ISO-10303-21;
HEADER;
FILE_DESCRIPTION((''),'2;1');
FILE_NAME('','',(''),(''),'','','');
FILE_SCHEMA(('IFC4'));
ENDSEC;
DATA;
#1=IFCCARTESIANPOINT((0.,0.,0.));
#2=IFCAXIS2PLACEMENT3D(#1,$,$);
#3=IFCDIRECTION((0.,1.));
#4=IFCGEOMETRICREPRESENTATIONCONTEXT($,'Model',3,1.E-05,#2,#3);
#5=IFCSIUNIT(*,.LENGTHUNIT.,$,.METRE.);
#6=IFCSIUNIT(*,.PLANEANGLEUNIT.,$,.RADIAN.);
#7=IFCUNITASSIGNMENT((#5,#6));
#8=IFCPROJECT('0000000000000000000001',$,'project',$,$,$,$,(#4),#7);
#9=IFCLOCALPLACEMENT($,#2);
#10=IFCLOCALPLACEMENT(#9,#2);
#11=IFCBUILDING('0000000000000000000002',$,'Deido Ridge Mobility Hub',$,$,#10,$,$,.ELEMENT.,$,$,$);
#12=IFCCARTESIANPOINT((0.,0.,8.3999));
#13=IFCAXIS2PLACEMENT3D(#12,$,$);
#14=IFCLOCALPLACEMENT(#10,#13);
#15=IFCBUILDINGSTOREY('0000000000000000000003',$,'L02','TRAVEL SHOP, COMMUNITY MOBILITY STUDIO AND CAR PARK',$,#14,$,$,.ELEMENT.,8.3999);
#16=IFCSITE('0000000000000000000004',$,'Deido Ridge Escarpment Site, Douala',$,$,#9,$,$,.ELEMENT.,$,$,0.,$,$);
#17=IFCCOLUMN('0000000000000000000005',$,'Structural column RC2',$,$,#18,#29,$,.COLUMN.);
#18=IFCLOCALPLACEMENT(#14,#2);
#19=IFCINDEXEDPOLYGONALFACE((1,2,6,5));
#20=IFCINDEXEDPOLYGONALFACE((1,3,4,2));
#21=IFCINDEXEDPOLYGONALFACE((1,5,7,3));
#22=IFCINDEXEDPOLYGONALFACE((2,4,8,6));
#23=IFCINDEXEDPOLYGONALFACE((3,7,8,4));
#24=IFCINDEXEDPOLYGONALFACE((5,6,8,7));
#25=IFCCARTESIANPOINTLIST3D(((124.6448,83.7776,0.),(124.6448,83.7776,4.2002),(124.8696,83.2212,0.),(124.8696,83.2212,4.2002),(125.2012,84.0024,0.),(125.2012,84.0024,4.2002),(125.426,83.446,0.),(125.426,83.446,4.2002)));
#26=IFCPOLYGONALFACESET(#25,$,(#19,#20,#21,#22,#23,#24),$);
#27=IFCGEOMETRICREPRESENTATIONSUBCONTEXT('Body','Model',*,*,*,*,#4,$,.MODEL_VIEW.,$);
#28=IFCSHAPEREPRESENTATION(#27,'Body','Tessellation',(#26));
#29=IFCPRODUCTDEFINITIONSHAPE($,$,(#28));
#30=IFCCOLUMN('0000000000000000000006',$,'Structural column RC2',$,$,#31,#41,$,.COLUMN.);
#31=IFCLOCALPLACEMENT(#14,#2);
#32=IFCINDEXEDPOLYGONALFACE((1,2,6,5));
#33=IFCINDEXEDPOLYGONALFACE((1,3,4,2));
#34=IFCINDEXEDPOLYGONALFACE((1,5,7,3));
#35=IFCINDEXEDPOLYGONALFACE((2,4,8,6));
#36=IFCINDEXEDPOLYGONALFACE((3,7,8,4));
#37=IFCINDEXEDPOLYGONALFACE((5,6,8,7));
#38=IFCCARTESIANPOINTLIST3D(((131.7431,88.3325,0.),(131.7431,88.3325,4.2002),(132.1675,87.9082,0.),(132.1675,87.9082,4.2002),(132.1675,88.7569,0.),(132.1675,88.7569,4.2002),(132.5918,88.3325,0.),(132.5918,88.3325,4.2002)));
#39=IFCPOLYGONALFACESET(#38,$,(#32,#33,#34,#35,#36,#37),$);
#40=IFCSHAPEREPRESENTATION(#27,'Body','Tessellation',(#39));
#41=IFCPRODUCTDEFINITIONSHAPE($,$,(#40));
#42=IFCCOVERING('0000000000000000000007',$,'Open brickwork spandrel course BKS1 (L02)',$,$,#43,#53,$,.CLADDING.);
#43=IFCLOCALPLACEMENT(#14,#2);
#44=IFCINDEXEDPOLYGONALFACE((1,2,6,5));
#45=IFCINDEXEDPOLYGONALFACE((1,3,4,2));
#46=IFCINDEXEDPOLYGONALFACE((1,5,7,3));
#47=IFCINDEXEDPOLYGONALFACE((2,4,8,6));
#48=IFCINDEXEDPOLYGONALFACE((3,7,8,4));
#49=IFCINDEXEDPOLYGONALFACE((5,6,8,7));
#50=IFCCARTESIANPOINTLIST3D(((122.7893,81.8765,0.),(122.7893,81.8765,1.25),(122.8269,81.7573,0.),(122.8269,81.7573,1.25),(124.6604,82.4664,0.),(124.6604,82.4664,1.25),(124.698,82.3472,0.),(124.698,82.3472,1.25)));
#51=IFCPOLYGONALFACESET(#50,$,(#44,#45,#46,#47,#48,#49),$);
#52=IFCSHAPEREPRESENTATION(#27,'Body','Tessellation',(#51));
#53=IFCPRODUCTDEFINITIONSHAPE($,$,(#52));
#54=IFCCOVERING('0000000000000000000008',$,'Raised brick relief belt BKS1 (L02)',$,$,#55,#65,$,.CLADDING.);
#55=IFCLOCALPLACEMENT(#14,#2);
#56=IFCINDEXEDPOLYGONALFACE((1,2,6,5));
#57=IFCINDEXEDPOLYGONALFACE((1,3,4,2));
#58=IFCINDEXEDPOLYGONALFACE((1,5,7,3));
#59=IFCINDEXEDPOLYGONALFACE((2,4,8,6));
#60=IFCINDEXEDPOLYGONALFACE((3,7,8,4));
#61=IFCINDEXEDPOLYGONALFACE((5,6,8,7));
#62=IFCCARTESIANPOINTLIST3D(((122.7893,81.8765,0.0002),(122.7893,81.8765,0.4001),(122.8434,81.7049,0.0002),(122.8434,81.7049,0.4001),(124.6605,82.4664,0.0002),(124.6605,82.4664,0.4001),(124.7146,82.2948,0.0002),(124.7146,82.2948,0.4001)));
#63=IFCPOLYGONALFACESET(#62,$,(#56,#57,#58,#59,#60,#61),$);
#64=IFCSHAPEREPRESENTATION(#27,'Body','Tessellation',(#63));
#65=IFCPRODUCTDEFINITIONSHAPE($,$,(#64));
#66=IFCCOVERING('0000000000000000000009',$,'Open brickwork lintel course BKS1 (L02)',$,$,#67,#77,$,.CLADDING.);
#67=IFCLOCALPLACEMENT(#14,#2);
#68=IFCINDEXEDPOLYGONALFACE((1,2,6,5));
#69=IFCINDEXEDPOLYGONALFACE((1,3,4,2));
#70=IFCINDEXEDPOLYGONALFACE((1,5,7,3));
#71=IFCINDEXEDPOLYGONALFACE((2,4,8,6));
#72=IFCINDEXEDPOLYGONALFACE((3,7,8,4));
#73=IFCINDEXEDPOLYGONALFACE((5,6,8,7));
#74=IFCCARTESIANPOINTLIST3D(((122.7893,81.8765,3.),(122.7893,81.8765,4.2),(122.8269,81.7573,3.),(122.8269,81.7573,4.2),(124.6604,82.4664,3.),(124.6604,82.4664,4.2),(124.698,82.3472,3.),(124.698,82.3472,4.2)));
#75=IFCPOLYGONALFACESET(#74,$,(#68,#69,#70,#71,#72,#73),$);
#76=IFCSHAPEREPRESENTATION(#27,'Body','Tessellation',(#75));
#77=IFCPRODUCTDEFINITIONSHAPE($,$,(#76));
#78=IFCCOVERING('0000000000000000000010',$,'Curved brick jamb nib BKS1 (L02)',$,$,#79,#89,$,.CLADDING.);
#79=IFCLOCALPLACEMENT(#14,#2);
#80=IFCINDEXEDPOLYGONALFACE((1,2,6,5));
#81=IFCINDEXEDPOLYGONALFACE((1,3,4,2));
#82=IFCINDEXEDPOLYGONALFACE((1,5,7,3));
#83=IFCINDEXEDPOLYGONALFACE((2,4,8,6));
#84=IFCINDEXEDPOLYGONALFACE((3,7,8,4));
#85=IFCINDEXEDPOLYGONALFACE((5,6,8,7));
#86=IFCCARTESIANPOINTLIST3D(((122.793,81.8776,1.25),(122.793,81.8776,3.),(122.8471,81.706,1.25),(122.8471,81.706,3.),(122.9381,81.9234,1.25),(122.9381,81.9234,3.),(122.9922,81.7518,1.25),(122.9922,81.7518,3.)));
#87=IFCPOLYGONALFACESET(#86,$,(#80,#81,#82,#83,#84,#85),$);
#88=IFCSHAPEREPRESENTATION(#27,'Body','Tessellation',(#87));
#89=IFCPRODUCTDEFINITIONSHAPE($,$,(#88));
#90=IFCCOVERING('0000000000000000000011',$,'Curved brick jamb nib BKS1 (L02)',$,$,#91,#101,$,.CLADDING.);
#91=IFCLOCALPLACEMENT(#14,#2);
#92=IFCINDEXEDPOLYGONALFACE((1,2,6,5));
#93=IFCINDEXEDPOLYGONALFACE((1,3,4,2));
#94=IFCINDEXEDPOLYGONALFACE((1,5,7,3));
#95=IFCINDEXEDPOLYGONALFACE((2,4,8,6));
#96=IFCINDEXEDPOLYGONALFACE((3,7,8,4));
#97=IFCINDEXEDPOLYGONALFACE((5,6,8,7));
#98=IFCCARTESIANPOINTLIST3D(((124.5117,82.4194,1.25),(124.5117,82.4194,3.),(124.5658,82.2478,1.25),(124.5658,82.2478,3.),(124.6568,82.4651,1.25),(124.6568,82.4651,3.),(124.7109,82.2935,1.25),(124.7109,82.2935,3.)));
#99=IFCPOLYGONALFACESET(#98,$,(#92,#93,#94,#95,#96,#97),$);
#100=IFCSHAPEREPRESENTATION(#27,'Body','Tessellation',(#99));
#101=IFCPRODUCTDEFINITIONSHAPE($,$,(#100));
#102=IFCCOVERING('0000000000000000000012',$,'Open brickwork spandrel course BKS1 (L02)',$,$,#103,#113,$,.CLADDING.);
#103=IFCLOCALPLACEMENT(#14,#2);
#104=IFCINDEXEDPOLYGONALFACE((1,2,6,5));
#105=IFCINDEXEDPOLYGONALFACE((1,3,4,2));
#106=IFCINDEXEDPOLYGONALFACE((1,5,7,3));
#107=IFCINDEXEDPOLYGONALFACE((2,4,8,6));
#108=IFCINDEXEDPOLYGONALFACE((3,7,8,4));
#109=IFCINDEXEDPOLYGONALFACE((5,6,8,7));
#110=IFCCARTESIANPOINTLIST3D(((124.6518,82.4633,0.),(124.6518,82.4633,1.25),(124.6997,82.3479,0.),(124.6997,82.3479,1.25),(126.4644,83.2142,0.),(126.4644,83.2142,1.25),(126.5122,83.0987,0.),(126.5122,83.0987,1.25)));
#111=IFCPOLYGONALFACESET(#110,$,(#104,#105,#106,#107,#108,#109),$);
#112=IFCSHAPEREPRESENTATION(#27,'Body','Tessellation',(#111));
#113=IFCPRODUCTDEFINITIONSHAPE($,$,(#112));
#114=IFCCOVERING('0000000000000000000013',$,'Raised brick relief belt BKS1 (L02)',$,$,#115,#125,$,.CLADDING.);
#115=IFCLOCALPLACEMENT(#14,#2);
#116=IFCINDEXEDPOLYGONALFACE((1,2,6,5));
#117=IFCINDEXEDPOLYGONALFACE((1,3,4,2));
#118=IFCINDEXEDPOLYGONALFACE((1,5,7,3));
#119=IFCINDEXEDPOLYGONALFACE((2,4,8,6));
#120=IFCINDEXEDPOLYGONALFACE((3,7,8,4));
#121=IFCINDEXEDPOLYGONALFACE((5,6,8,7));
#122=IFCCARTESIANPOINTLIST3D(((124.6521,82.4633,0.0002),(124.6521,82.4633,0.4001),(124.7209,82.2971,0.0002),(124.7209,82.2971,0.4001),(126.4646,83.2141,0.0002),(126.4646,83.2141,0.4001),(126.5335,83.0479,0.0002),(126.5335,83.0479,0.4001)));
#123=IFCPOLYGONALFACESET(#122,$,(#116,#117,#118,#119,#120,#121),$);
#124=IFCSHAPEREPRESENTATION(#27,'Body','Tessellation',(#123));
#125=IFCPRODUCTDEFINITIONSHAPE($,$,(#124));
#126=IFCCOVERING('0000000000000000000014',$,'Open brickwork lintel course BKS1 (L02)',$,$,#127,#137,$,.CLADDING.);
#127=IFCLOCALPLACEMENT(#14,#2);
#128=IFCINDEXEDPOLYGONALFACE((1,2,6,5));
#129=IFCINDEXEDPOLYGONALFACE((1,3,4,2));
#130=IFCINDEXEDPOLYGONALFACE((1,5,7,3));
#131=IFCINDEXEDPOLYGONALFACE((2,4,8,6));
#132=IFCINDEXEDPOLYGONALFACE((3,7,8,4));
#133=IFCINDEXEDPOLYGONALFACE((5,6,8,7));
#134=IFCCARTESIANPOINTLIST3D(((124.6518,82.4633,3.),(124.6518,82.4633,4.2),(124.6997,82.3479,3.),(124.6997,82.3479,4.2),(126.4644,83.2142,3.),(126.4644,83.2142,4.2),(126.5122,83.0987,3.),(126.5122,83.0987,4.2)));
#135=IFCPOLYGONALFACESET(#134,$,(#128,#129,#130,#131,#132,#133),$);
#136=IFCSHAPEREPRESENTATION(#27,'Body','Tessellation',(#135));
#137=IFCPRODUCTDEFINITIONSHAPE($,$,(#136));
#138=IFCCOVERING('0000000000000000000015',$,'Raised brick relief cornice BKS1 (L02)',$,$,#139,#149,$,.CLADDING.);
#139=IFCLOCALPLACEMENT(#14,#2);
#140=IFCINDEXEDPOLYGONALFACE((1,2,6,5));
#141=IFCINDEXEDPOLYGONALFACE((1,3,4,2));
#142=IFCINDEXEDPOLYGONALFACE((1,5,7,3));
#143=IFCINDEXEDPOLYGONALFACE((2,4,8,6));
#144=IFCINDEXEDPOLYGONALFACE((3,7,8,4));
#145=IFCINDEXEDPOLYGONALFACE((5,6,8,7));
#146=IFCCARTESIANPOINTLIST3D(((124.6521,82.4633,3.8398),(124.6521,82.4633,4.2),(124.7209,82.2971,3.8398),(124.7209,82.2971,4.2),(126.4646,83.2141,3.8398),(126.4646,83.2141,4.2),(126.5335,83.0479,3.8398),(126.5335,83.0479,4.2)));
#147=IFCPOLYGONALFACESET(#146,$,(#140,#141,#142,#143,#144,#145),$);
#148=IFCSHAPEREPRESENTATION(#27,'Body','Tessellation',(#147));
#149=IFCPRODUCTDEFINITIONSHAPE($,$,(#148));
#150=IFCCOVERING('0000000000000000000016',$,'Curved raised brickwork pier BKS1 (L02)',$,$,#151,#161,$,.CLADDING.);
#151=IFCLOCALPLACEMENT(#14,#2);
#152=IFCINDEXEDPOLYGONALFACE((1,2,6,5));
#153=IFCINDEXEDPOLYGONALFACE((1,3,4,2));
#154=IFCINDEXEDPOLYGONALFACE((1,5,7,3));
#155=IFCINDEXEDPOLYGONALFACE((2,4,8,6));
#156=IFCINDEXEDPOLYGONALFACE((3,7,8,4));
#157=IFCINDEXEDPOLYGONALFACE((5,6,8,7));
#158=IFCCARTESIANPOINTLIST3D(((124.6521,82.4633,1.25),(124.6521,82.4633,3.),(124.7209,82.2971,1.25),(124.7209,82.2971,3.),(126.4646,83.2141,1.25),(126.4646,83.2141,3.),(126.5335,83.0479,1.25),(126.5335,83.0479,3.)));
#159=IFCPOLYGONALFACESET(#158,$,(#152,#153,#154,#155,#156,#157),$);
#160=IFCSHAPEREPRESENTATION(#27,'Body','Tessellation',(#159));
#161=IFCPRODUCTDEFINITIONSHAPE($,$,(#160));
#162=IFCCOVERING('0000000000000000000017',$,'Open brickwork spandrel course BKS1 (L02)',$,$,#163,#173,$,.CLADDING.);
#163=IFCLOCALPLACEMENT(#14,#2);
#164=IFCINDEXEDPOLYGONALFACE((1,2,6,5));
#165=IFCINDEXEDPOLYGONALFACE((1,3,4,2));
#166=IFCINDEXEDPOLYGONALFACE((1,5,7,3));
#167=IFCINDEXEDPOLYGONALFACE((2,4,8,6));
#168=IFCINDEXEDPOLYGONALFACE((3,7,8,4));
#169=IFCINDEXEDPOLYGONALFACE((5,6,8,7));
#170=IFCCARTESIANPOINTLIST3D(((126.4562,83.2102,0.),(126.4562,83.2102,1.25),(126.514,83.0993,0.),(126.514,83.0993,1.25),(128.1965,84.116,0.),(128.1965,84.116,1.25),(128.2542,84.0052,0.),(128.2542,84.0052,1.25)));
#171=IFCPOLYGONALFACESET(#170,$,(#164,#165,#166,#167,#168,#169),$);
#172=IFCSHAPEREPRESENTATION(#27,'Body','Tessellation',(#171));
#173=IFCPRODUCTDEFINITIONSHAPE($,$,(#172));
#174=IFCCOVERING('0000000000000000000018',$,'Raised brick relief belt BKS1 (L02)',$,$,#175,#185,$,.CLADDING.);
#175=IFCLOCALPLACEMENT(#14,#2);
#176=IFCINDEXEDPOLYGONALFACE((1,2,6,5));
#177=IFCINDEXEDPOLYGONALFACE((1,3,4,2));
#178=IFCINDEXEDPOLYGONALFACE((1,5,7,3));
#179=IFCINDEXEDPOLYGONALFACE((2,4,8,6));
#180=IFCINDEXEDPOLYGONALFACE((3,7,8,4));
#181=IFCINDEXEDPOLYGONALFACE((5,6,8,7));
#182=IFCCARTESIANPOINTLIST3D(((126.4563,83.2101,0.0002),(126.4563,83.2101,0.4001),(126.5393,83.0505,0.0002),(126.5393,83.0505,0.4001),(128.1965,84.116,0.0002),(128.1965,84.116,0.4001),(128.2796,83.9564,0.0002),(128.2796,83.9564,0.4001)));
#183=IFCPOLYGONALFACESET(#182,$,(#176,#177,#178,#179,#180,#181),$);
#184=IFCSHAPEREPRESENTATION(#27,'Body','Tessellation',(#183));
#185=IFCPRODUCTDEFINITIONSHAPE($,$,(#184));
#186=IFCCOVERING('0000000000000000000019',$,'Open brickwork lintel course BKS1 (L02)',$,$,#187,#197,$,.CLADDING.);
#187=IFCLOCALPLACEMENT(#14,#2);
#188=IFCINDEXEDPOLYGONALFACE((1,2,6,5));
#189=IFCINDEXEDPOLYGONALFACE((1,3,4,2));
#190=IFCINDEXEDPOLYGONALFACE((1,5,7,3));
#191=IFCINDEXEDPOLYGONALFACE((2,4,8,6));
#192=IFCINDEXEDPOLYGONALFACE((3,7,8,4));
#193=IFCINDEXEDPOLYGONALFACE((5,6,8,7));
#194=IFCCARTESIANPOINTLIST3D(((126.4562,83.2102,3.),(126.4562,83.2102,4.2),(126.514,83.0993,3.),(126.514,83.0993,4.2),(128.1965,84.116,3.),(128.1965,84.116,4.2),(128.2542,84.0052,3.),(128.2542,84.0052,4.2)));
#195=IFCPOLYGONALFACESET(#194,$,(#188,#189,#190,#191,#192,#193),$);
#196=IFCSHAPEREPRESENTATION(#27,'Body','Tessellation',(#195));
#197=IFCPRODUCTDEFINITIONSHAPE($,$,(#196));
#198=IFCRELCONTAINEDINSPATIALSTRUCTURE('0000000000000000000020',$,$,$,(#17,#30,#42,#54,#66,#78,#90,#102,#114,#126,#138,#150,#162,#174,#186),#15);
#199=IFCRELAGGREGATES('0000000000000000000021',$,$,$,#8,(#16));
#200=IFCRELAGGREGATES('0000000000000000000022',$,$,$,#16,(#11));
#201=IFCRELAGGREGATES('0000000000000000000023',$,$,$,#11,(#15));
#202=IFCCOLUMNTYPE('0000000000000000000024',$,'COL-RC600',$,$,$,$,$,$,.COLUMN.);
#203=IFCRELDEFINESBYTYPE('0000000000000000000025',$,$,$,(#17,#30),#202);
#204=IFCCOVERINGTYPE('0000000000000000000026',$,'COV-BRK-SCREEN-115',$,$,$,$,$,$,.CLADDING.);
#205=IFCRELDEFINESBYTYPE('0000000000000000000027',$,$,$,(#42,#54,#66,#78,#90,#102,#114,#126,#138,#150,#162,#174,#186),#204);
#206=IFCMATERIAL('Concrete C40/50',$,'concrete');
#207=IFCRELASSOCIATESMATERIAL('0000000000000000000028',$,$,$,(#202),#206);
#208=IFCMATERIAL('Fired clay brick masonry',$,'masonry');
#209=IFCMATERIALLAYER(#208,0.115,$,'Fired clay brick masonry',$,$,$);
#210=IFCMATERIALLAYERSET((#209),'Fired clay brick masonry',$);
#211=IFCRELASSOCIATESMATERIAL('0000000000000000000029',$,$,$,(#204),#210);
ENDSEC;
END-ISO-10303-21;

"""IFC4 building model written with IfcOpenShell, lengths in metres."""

from ifc_helpers import new_model, si_unit, direction, frame, origin, origin_2d, place, context, subcontext, project, spatial, rectangle, extrude, material, layer, layer_set, material_profile, profile_set, type_object, element, save


model = new_model("IFC4")

# Units and contexts
model_context = context("Model", 3, precision=1e-05, world=origin(), true_north=direction((0.0, 1.0)))
body_context = subcontext(model_context, "Body", "Model", "MODEL_VIEW")
ifc_project = project(units=[si_unit("LENGTHUNIT", "METRE"), si_unit("PLANEANGLEUNIT", "RADIAN")], contexts=[model_context])

# Site, building, storey
site_placement = place(None, origin())
site = spatial("IfcSite", under=ifc_project, at=site_placement, Name="Deido Ridge Escarpment Site, Douala", CompositionType="ELEMENT", RefElevation=0.0)
building_placement = place(site_placement, origin())
building = spatial("IfcBuilding", under=site, at=building_placement, Name="Deido Ridge Mobility Hub", CompositionType="ELEMENT")
storey_placement = place(building_placement, frame((0.0, 0.0, 8.3999)))
storey = spatial("IfcBuildingStorey", under=building, at=storey_placement, Name="L02", Description="TRAVEL SHOP, COMMUNITY MOBILITY STUDIO AND CAR PARK", CompositionType="ELEMENT", Elevation=8.3999)

# Columns
ifc_material_1 = material(Name="Concrete C40/50", Category="concrete")
ifc_material_profile = material_profile(ifc_material_1, rectangle(XDim=0.6001, YDim=0.6001, at=origin_2d()), Name="RC COL 600x600")
ifc_profile_set = profile_set([ifc_material_profile], Name="Concrete C40/50")
column_type = type_object("IfcColumnType", Name="COL-RC600", PredefinedType="COLUMN", material=ifc_profile_set)
for number, where, z_axis, x_axis, name in (
    (1, (125.0354, 83.6118, 0.0), (0.0, 0.0, 1.0), (0.374607, -0.927184, 0.0), "Structural column RC2"),
    (2, (132.1675, 88.3325, 0.0), (0.0, 0.0, 1.0), (0.707107, -0.707107, 0.0), "Structural column RC2"),
):
    element("IfcColumn", number, at=place(storey_placement, frame(where, z_axis=z_axis, x_axis=x_axis)), inside=storey, type_object=column_type, Name=name, PredefinedType="COLUMN", context=body_context, shape_type="SweptSolid", body=[
        extrude(rectangle(XDim=0.6001, YDim=0.6001, at=origin_2d()), origin(), (0.0, 0.0, 1.0), 4.2002),
    ])

# Coverings
ifc_material_2 = material(Name="Fired clay brick masonry", Category="masonry")
ifc_layer = layer(ifc_material_2, 0.115, Name="Fired clay brick masonry")
ifc_layer_set = layer_set([ifc_layer], Name="Fired clay brick masonry")
covering_type = type_object("IfcCoveringType", Name="COV-BRK-SCREEN-115", PredefinedType="CLADDING", material=ifc_layer_set)
covering_1_placement = place(storey_placement, frame((123.7437, 82.1118, 0.0), z_axis=(0.0, 0.0, 1.0), x_axis=(0.953727, 0.300673, 0.0)))
element("IfcCovering", 3, at=covering_1_placement, inside=storey, type_object=covering_type, Name="Open brickwork spandrel course BKS1 (L02)", PredefinedType="CLADDING", context=body_context, shape_type="SweptSolid", body=[
    extrude(rectangle(XDim=1.9619, YDim=0.125, at=origin_2d()), origin(), (0.0, 0.0, 1.0), 1.25),
])
covering_2_placement = place(storey_placement, frame((123.752, 82.0857, 0.0002), z_axis=(0.0, 0.0, 1.0), x_axis=(0.953727, 0.300673, 0.0)))
element("IfcCovering", 4, at=covering_2_placement, inside=storey, type_object=covering_type, Name="Raised brick relief belt BKS1 (L02)", PredefinedType="CLADDING", context=body_context, shape_type="SweptSolid", body=[
    extrude(rectangle(XDim=1.9619, YDim=0.1799, at=origin_2d()), origin(), (0.0, 0.0, 1.0), 0.3999),
])
covering_3_placement = place(storey_placement, frame((123.7437, 82.1118, 3.0), z_axis=(0.0, 0.0, 1.0), x_axis=(0.953727, 0.300673, 0.0)))
element("IfcCovering", 5, at=covering_3_placement, inside=storey, type_object=covering_type, Name="Open brickwork lintel course BKS1 (L02)", PredefinedType="CLADDING", context=body_context, shape_type="SweptSolid", body=[
    extrude(rectangle(XDim=1.9619, YDim=0.125, at=origin_2d()), origin(), (0.0, 0.0, 1.0), 1.2),
])
for number, where, z_axis, x_axis, name in (
    (6, (122.8926, 81.8147, 1.25), (0.0, 0.0, 1.0), (0.953727, 0.300673, 0.0), "Curved brick jamb nib BKS1 (L02)"),
    (7, (124.6113, 82.3564, 1.25), (0.0, 0.0, 1.0), (0.953727, 0.300673, 0.0), "Curved brick jamb nib BKS1 (L02)"),
):
    element("IfcCovering", number, at=place(storey_placement, frame(where, z_axis=z_axis, x_axis=x_axis)), inside=storey, type_object=covering_type, Name=name, PredefinedType="CLADDING", context=body_context, shape_type="SweptSolid", body=[
        extrude(rectangle(XDim=0.1521, YDim=0.1799, at=origin_2d()), origin(), (0.0, 0.0, 1.0), 1.75),
    ])
covering_4_placement = place(storey_placement, frame((125.582, 82.781, 0.0), z_axis=(0.0, 0.0, 1.0), x_axis=(0.923873, 0.3827, 0.0)))
element("IfcCovering", 8, at=covering_4_placement, inside=storey, type_object=covering_type, Name="Open brickwork spandrel course BKS1 (L02)", PredefinedType="CLADDING", context=body_context, shape_type="SweptSolid", body=[
    extrude(rectangle(XDim=1.9619, YDim=0.125, at=origin_2d()), origin(), (0.0, 0.0, 1.0), 1.25),
])
covering_5_placement = place(storey_placement, frame((125.5928, 82.7556, 0.0002), z_axis=(0.0, 0.0, 1.0), x_axis=(0.923873, 0.3827, 0.0)))
element("IfcCovering", 9, at=covering_5_placement, inside=storey, type_object=covering_type, Name="Raised brick relief belt BKS1 (L02)", PredefinedType="CLADDING", context=body_context, shape_type="SweptSolid", body=[
    extrude(rectangle(XDim=1.9619, YDim=0.1799, at=origin_2d()), origin(), (0.0, 0.0, 1.0), 0.3999),
])
covering_6_placement = place(storey_placement, frame((125.582, 82.781, 3.0), z_axis=(0.0, 0.0, 1.0), x_axis=(0.923873, 0.3827, 0.0)))
element("IfcCovering", 10, at=covering_6_placement, inside=storey, type_object=covering_type, Name="Open brickwork lintel course BKS1 (L02)", PredefinedType="CLADDING", context=body_context, shape_type="SweptSolid", body=[
    extrude(rectangle(XDim=1.9619, YDim=0.125, at=origin_2d()), origin(), (0.0, 0.0, 1.0), 1.2),
])
covering_7_placement = place(storey_placement, frame((125.5928, 82.7556, 3.8398), z_axis=(0.0, 0.0, 1.0), x_axis=(0.923873, 0.3827, 0.0)))
element("IfcCovering", 11, at=covering_7_placement, inside=storey, type_object=covering_type, Name="Raised brick relief cornice BKS1 (L02)", PredefinedType="CLADDING", context=body_context, shape_type="SweptSolid", body=[
    extrude(rectangle(XDim=1.9619, YDim=0.1799, at=origin_2d()), origin(), (0.0, 0.0, 1.0), 0.3601),
])
covering_8_placement = place(storey_placement, frame((125.5928, 82.7556, 1.25), z_axis=(0.0, 0.0, 1.0), x_axis=(0.923873, 0.3827, 0.0)))
element("IfcCovering", 12, at=covering_8_placement, inside=storey, type_object=covering_type, Name="Curved raised brickwork pier BKS1 (L02)", PredefinedType="CLADDING", context=body_context, shape_type="SweptSolid", body=[
    extrude(rectangle(XDim=1.9619, YDim=0.1799, at=origin_2d()), origin(), (0.0, 0.0, 1.0), 1.75),
])
covering_9_placement = place(storey_placement, frame((127.3552, 83.6077, 0.0), z_axis=(0.0, 0.0, 1.0), x_axis=(0.887019, 0.461733, 0.0)))
element("IfcCovering", 13, at=covering_9_placement, inside=storey, type_object=covering_type, Name="Open brickwork spandrel course BKS1 (L02)", PredefinedType="CLADDING", context=body_context, shape_type="SweptSolid", body=[
    extrude(rectangle(XDim=1.9619, YDim=0.125, at=origin_2d()), origin(), (0.0, 0.0, 1.0), 1.25),
])
covering_10_placement = place(storey_placement, frame((127.3679, 83.5833, 0.0002), z_axis=(0.0, 0.0, 1.0), x_axis=(0.887019, 0.461733, 0.0)))
element("IfcCovering", 14, at=covering_10_placement, inside=storey, type_object=covering_type, Name="Raised brick relief belt BKS1 (L02)", PredefinedType="CLADDING", context=body_context, shape_type="SweptSolid", body=[
    extrude(rectangle(XDim=1.9619, YDim=0.1799, at=origin_2d()), origin(), (0.0, 0.0, 1.0), 0.3999),
])
covering_11_placement = place(storey_placement, frame((127.3552, 83.6077, 3.0), z_axis=(0.0, 0.0, 1.0), x_axis=(0.887019, 0.461733, 0.0)))
element("IfcCovering", 15, at=covering_11_placement, inside=storey, type_object=covering_type, Name="Open brickwork lintel course BKS1 (L02)", PredefinedType="CLADDING", context=body_context, shape_type="SweptSolid", body=[
    extrude(rectangle(XDim=1.9619, YDim=0.125, at=origin_2d()), origin(), (0.0, 0.0, 1.0), 1.2),
])

save(model, "model.ifc")
